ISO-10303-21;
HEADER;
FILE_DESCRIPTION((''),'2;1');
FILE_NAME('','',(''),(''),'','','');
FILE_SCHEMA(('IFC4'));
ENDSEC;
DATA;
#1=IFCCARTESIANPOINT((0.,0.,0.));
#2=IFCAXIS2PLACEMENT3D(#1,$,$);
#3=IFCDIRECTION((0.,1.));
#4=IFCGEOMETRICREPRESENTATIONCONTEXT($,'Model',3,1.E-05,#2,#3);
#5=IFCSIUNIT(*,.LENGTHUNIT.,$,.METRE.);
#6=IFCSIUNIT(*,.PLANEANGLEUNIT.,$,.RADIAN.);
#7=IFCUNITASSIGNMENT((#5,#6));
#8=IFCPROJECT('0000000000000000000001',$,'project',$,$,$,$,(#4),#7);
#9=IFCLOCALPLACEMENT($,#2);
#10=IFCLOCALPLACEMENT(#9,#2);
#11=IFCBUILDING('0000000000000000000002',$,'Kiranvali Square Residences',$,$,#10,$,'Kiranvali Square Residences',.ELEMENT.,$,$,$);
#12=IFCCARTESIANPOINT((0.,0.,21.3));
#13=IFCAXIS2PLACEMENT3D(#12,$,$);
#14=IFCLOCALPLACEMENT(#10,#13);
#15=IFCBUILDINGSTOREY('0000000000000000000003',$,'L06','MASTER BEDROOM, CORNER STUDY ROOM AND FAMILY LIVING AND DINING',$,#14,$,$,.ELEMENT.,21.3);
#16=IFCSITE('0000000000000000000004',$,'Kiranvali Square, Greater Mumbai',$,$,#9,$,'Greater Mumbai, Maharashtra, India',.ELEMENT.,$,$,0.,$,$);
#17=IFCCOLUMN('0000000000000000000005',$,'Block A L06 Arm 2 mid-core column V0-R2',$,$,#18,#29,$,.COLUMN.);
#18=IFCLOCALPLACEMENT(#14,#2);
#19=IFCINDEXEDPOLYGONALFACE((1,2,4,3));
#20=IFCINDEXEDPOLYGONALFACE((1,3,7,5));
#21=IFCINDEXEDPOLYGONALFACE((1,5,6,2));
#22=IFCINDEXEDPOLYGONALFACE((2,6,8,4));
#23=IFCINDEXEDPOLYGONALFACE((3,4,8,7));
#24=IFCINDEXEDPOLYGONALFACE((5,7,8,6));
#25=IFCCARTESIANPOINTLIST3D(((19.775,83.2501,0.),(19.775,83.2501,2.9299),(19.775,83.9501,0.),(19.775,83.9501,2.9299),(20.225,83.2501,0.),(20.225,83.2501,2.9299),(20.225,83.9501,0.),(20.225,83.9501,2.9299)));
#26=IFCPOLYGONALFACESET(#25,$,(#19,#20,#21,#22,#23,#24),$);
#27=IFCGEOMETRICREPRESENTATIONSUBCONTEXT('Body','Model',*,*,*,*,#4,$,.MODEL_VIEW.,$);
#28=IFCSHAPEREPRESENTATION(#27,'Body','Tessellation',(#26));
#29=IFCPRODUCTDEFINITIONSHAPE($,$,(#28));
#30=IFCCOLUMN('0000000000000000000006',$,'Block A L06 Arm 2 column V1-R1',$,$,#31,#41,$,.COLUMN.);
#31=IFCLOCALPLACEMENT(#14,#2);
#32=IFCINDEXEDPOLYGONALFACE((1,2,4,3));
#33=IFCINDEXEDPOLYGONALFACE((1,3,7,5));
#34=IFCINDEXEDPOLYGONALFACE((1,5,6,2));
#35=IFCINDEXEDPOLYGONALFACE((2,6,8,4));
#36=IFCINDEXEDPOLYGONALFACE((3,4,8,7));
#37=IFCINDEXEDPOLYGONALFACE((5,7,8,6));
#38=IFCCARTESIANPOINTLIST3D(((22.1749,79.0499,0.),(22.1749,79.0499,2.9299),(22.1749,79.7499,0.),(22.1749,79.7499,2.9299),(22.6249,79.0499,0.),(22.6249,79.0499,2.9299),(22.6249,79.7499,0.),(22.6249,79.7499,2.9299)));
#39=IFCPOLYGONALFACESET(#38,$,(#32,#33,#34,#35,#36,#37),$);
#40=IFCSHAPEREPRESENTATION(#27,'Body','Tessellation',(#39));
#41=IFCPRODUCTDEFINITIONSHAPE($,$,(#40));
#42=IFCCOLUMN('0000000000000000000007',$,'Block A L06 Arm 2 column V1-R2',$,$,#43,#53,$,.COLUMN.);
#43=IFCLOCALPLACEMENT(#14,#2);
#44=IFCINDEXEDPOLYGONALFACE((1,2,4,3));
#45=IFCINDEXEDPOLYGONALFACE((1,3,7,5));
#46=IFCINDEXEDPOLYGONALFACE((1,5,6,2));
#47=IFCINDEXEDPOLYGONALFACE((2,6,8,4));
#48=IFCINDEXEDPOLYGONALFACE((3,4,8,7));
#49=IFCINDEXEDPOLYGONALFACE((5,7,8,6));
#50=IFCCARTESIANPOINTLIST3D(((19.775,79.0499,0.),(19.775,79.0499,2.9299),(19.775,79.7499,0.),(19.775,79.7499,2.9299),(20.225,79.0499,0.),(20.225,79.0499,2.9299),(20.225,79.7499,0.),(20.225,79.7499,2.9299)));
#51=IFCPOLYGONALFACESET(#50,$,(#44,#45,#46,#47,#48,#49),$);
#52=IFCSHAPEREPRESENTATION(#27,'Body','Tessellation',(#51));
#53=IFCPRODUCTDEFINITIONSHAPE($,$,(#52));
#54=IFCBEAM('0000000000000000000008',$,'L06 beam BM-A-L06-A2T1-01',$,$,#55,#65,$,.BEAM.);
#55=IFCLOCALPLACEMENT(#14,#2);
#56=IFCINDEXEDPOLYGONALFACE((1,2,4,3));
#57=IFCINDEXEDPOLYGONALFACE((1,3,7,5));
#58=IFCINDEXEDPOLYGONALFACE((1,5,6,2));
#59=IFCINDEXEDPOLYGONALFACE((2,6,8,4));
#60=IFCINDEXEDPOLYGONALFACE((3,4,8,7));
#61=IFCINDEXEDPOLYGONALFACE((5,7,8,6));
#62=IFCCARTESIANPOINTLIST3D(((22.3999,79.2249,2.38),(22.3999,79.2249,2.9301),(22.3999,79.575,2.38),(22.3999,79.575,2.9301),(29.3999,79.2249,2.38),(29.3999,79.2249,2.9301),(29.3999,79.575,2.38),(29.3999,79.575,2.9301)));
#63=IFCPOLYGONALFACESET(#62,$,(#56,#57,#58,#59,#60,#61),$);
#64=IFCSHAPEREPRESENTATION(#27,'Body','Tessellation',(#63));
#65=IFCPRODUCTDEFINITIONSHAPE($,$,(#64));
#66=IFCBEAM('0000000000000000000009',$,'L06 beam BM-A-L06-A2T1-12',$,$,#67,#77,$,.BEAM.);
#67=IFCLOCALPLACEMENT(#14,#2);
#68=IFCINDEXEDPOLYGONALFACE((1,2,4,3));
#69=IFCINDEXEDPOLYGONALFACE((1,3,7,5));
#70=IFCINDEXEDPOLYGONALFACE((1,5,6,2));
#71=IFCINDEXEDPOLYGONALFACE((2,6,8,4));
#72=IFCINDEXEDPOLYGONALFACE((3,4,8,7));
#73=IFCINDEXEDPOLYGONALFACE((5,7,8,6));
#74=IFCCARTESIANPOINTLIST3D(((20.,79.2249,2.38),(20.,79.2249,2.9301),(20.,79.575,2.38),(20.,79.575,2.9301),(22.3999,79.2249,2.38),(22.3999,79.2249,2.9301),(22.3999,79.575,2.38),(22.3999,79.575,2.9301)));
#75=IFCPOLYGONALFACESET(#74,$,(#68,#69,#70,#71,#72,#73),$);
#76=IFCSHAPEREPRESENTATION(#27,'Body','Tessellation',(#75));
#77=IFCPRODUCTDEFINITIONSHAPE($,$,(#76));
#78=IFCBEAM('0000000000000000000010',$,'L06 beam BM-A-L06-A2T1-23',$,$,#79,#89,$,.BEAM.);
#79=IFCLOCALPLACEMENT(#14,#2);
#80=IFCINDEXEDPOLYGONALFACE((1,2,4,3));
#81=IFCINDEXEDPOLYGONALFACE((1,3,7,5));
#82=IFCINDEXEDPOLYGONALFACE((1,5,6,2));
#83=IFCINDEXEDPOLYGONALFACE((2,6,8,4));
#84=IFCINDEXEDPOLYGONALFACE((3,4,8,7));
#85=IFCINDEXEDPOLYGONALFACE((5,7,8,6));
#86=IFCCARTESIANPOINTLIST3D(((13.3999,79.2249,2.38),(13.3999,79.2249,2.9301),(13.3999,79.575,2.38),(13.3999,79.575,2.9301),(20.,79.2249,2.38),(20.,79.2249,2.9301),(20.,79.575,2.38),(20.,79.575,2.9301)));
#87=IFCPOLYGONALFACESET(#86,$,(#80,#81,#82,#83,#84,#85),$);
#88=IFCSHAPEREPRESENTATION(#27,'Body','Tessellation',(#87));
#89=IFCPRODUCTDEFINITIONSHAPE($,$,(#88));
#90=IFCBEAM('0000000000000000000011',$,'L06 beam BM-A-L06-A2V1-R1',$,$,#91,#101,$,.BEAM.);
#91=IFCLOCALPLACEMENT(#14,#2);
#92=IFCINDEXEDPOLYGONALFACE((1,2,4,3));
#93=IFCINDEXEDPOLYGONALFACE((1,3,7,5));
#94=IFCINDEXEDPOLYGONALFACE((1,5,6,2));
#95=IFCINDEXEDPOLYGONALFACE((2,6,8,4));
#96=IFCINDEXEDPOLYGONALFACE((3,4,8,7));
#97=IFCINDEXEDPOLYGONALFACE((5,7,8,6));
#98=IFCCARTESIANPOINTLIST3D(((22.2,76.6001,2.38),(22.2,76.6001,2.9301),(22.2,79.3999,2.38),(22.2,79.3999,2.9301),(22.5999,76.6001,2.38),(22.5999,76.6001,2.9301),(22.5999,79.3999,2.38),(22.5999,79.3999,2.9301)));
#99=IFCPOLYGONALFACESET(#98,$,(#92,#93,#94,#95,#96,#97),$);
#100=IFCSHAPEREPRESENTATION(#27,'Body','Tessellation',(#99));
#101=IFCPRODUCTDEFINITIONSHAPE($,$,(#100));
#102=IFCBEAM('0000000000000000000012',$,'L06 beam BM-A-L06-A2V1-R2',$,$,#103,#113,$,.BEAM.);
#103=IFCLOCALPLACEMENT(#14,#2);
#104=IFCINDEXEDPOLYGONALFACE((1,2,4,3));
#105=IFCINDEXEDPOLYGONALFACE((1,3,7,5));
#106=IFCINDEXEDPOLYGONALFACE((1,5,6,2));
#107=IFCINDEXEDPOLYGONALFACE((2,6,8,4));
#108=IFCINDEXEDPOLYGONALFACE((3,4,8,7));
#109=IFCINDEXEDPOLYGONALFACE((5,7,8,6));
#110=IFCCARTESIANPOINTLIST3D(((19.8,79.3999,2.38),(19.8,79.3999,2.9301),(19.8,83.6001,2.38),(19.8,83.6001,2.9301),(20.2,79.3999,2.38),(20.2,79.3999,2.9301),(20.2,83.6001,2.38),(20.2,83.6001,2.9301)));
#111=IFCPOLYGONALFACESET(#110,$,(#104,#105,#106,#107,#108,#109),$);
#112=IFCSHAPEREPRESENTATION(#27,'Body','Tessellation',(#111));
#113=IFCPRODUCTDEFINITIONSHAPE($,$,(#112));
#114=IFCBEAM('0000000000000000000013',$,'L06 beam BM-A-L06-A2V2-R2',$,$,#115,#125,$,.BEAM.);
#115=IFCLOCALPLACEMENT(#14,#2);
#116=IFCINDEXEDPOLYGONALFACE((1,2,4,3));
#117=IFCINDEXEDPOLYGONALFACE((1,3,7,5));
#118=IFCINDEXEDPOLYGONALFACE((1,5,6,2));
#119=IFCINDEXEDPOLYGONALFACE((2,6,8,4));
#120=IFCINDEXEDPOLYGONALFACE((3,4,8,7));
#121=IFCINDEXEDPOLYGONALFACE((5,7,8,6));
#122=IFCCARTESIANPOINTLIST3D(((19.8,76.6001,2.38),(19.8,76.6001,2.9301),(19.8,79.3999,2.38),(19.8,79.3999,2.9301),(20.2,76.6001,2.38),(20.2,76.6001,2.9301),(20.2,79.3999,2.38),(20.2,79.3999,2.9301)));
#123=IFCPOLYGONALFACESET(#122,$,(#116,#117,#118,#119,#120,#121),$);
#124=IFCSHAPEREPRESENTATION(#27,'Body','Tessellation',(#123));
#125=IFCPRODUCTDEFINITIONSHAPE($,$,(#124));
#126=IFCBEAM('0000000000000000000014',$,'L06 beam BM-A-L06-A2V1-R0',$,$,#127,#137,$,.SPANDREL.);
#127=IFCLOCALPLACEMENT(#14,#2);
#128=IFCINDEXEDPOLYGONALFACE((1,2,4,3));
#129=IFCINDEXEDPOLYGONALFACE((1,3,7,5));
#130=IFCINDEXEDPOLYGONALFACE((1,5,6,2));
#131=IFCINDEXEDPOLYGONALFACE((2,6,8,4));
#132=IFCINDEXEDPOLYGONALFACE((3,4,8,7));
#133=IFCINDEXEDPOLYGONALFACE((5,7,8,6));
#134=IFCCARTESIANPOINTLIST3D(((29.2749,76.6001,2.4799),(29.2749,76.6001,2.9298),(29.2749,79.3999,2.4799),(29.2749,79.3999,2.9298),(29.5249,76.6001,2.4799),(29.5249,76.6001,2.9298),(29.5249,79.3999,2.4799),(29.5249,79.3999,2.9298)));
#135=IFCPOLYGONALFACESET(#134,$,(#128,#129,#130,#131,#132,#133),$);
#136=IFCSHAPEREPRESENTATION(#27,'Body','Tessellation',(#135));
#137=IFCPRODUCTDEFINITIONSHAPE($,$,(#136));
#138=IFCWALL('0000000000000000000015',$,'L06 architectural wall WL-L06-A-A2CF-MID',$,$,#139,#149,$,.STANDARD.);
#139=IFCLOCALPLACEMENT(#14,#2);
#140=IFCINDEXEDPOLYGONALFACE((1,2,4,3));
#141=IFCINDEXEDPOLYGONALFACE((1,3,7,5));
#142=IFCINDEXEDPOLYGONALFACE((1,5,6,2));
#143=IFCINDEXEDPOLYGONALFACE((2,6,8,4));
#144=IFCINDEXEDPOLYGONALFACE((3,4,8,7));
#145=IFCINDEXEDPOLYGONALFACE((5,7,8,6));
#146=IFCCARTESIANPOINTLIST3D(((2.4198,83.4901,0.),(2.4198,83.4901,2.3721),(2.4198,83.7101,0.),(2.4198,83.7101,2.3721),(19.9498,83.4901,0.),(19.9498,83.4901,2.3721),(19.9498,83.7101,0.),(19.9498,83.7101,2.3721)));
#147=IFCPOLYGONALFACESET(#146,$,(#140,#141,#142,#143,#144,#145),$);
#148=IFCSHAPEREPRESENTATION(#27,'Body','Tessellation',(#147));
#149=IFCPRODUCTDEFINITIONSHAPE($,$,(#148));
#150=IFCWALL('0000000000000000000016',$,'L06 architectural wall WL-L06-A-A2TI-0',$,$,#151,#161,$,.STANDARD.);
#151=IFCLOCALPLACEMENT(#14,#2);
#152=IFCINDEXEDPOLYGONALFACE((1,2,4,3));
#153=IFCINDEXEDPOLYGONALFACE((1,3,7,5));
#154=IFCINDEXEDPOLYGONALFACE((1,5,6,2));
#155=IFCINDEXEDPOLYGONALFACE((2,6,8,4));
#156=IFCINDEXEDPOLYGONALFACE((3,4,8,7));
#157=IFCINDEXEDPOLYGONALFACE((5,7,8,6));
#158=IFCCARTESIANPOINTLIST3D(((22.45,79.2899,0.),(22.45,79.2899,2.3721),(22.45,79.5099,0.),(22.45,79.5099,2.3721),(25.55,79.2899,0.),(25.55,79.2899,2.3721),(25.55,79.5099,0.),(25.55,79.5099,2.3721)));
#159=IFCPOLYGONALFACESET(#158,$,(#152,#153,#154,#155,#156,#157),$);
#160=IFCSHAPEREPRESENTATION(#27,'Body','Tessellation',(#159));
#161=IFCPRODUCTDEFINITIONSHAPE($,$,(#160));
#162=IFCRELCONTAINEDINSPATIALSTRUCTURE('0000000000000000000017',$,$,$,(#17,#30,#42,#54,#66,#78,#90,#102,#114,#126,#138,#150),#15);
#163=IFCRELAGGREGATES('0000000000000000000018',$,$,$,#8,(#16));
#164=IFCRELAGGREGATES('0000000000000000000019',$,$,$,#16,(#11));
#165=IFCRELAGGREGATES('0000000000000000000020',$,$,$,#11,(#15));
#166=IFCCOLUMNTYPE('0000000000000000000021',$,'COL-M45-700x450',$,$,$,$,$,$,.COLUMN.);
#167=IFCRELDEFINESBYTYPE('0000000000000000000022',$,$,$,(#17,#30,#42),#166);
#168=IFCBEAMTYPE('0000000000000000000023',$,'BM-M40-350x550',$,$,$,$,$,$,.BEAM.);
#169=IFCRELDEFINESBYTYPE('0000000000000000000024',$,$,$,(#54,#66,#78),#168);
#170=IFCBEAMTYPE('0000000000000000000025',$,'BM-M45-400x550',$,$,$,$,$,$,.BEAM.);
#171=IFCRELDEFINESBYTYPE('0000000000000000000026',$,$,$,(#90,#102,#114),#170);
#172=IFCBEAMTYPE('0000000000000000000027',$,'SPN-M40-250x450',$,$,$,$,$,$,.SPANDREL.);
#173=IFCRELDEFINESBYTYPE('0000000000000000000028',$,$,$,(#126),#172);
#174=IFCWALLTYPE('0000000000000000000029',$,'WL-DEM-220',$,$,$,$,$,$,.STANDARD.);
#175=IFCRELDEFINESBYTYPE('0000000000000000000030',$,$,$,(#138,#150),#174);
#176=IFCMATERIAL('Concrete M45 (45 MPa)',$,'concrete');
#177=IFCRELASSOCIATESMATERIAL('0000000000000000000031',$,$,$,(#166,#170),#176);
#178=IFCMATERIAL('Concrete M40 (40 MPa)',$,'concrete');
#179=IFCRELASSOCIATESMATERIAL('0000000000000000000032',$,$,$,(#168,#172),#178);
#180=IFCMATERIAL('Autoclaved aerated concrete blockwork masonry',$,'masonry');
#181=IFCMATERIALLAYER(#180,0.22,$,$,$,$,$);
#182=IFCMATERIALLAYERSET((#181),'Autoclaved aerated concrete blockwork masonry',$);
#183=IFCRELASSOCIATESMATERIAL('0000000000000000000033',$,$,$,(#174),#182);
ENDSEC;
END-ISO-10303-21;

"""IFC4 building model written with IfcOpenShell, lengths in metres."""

from ifc_helpers import new_model, si_unit, direction, frame, frame_2d, origin, origin_2d, place, context, subcontext, project, spatial, rectangle, extrude, material, layer, layer_set, material_profile, profile_set, type_object, element, save


model = new_model("IFC4")

# Units and contexts
model_context = context("Model", 3, precision=1e-05, world=origin(), true_north=direction((0.0, 1.0)))
body_context = subcontext(model_context, "Body", "Model", "MODEL_VIEW")
ifc_project = project(units=[si_unit("LENGTHUNIT", "METRE"), si_unit("PLANEANGLEUNIT", "RADIAN")], contexts=[model_context])

# Site, building, storey
site_placement = place(None, origin())
site = spatial("IfcSite", under=ifc_project, at=site_placement, Name="Kiranvali Square, Greater Mumbai", LongName="Greater Mumbai, Maharashtra, India", CompositionType="ELEMENT", RefElevation=0.0)
building_placement = place(site_placement, origin())
building = spatial("IfcBuilding", under=site, at=building_placement, Name="Kiranvali Square Residences", LongName="Kiranvali Square Residences", CompositionType="ELEMENT")
storey_placement = place(building_placement, frame((0.0, 0.0, 21.3)))
storey = spatial("IfcBuildingStorey", under=building, at=storey_placement, Name="L06", Description="MASTER BEDROOM, CORNER STUDY ROOM AND FAMILY LIVING AND DINING", CompositionType="ELEMENT", Elevation=21.3)

# Columns
ifc_material_1 = material(Name="Concrete M45 (45 MPa)", Category="concrete")
ifc_material_profile_1 = material_profile(ifc_material_1, rectangle(XDim=0.45, YDim=0.7, at=origin_2d()), Name="RC 700x450")
ifc_profile_set_1 = profile_set([ifc_material_profile_1], Name="Concrete M45 (45 MPa)")
column_type = type_object("IfcColumnType", Name="COL-M45-700x450", PredefinedType="COLUMN", material=ifc_profile_set_1)
for number, where, z_axis, x_axis, name in (
    (1, (20.0, 83.6001, 0.0), (0.0, 0.0, 1.0), (1.0, 0.0, 0.0), "Block A L06 Arm 2 mid-core column V0-R2"),
    (2, (22.3999, 79.3999, 0.0), (0.0, 0.0, 1.0), (1.0, 0.0, 0.0), "Block A L06 Arm 2 column V1-R1"),
    (3, (20.0, 79.3999, 0.0), (0.0, 0.0, 1.0), (1.0, 0.0, 0.0), "Block A L06 Arm 2 column V1-R2"),
):
    element("IfcColumn", number, at=place(storey_placement, frame(where, z_axis=z_axis, x_axis=x_axis)), inside=storey, type_object=column_type, Name=name, PredefinedType="COLUMN", context=body_context, shape_type="SweptSolid", body=[
        extrude(rectangle(XDim=0.45, YDim=0.7, at=origin_2d()), origin(), (0.0, 0.0, 1.0), 2.9299),
    ])

# Beams
ifc_material_2 = material(Name="Concrete M40 (40 MPa)", Category="concrete")
ifc_material_profile_2 = material_profile(ifc_material_2, rectangle(XDim=0.3501, YDim=0.55, at=origin_2d()), Name="RC 350x550")
ifc_profile_set_2 = profile_set([ifc_material_profile_2], Name="Concrete M40 (40 MPa)")
beam_type_1 = type_object("IfcBeamType", Name="BM-M40-350x550", PredefinedType="BEAM", material=ifc_profile_set_2)
beam_1_placement = place(storey_placement, frame((29.3999, 79.3999, 2.655), z_axis=(-1.0, 0.0, 0.0), x_axis=(0.0, -1.0, 0.0)))
element("IfcBeam", 4, at=beam_1_placement, inside=storey, type_object=beam_type_1, Name="L06 beam BM-A-L06-A2T1-01", PredefinedType="BEAM", context=body_context, shape_type="SweptSolid", body=[
    extrude(rectangle(XDim=0.3501, YDim=0.55, at=origin_2d()), origin(), (0.0, 0.0, 1.0), 7.0),
])
beam_2_placement = place(storey_placement, frame((22.3999, 79.3999, 2.655), z_axis=(-1.0, 0.0, 0.0), x_axis=(0.0, -1.0, 0.0)))
element("IfcBeam", 5, at=beam_2_placement, inside=storey, type_object=beam_type_1, Name="L06 beam BM-A-L06-A2T1-12", PredefinedType="BEAM", context=body_context, shape_type="SweptSolid", body=[
    extrude(rectangle(XDim=0.3501, YDim=0.55, at=origin_2d()), origin(), (0.0, 0.0, 1.0), 2.3999),
])
beam_3_placement = place(storey_placement, frame((20.0, 79.3999, 2.655), z_axis=(-1.0, 0.0, 0.0), x_axis=(0.0, -1.0, 0.0)))
element("IfcBeam", 6, at=beam_3_placement, inside=storey, type_object=beam_type_1, Name="L06 beam BM-A-L06-A2T1-23", PredefinedType="BEAM", context=body_context, shape_type="SweptSolid", body=[
    extrude(rectangle(XDim=0.3501, YDim=0.55, at=origin_2d()), origin(), (0.0, 0.0, 1.0), 6.6001),
])
ifc_material_profile_3 = material_profile(ifc_material_1, rectangle(XDim=0.3999, YDim=0.55, at=origin_2d()), Name="RC 400x550")
ifc_profile_set_3 = profile_set([ifc_material_profile_3], Name="Concrete M45 (45 MPa)")
beam_type_2 = type_object("IfcBeamType", Name="BM-M45-400x550", PredefinedType="BEAM", material=ifc_profile_set_3)
beam_4_placement = place(storey_placement, frame((22.3999, 79.3999, 2.655), z_axis=(0.0, -1.0, 0.0), x_axis=(1.0, 0.0, 0.0)))
element("IfcBeam", 7, at=beam_4_placement, inside=storey, type_object=beam_type_2, Name="L06 beam BM-A-L06-A2V1-R1", PredefinedType="BEAM", context=body_context, shape_type="SweptSolid", body=[
    extrude(rectangle(XDim=0.3999, YDim=0.55, at=origin_2d()), origin(), (0.0, 0.0, 1.0), 2.7998),
])
beam_5_placement = place(storey_placement, frame((20.0, 83.6001, 2.655), z_axis=(0.0, -1.0, 0.0), x_axis=(1.0, 0.0, 0.0)))
element("IfcBeam", 8, at=beam_5_placement, inside=storey, type_object=beam_type_2, Name="L06 beam BM-A-L06-A2V1-R2", PredefinedType="BEAM", context=body_context, shape_type="SweptSolid", body=[
    extrude(rectangle(XDim=0.3999, YDim=0.55, at=origin_2d()), origin(), (0.0, 0.0, 1.0), 4.2002),
])
beam_6_placement = place(storey_placement, frame((20.0, 79.3999, 2.655), z_axis=(0.0, -1.0, 0.0), x_axis=(1.0, 0.0, 0.0)))
element("IfcBeam", 9, at=beam_6_placement, inside=storey, type_object=beam_type_2, Name="L06 beam BM-A-L06-A2V2-R2", PredefinedType="BEAM", context=body_context, shape_type="SweptSolid", body=[
    extrude(rectangle(XDim=0.3999, YDim=0.55, at=origin_2d()), origin(), (0.0, 0.0, 1.0), 2.7998),
])
ifc_material_profile_4 = material_profile(ifc_material_2, rectangle(XDim=0.25, YDim=0.45, at=origin_2d()), Name="RC 250x450")
ifc_profile_set_4 = profile_set([ifc_material_profile_4], Name="Concrete M40 (40 MPa)")
beam_type_3 = type_object("IfcBeamType", Name="SPN-M40-250x450", PredefinedType="SPANDREL", material=ifc_profile_set_4)
beam_7_placement = place(storey_placement, frame((29.3999, 79.3999, 2.7048), z_axis=(0.0, -1.0, 0.0), x_axis=(1.0, 0.0, 0.0)))
element("IfcBeam", 10, at=beam_7_placement, inside=storey, type_object=beam_type_3, Name="L06 beam BM-A-L06-A2V1-R0", PredefinedType="SPANDREL", context=body_context, shape_type="SweptSolid", body=[
    extrude(rectangle(XDim=0.25, YDim=0.45, at=origin_2d()), origin(), (0.0, 0.0, 1.0), 2.7998),
])

# Shared definitions
ifc_material_3 = material(Name="Autoclaved aerated concrete blockwork masonry", Category="masonry")

# Walls
ifc_layer_1 = layer(ifc_material_3, 0.22)
ifc_layer_set_1 = layer_set([ifc_layer_1], Name="Autoclaved aerated concrete blockwork masonry")
wall_type_1 = type_object("IfcWallType", Name="WL-DEM-220", PredefinedType="STANDARD", material=ifc_layer_set_1)
wall_1_placement = place(storey_placement, frame((19.95, 83.6001, 0.0), z_axis=(0.0, 0.0, 1.0), x_axis=(-1.0, 0.0, 0.0)))
element("IfcWall", 11, at=wall_1_placement, inside=storey, type_object=wall_type_1, Name="L06 architectural wall WL-L06-A-A2CF-MID", PredefinedType="STANDARD", context=body_context, shape_type="SweptSolid", body=[
    extrude(rectangle(XDim=17.53, YDim=0.22, at=frame_2d((8.7651, 0.0))), origin(), (0.0, 0.0, 1.0), 2.3721),
])
wall_2_placement = place(storey_placement, frame((25.55, 79.3999, 0.0), z_axis=(0.0, 0.0, 1.0), x_axis=(-1.0, 0.0, 0.0)))
element("IfcWall", 12, at=wall_2_placement, inside=storey, type_object=wall_type_1, Name="L06 architectural wall WL-L06-A-A2TI-0", PredefinedType="STANDARD", context=body_context, shape_type="SweptSolid", body=[
    extrude(rectangle(XDim=3.1001, YDim=0.22, at=frame_2d((1.55, 0.0))), origin(), (0.0, 0.0, 1.0), 2.3721),
])

save(model, "model.ifc")
